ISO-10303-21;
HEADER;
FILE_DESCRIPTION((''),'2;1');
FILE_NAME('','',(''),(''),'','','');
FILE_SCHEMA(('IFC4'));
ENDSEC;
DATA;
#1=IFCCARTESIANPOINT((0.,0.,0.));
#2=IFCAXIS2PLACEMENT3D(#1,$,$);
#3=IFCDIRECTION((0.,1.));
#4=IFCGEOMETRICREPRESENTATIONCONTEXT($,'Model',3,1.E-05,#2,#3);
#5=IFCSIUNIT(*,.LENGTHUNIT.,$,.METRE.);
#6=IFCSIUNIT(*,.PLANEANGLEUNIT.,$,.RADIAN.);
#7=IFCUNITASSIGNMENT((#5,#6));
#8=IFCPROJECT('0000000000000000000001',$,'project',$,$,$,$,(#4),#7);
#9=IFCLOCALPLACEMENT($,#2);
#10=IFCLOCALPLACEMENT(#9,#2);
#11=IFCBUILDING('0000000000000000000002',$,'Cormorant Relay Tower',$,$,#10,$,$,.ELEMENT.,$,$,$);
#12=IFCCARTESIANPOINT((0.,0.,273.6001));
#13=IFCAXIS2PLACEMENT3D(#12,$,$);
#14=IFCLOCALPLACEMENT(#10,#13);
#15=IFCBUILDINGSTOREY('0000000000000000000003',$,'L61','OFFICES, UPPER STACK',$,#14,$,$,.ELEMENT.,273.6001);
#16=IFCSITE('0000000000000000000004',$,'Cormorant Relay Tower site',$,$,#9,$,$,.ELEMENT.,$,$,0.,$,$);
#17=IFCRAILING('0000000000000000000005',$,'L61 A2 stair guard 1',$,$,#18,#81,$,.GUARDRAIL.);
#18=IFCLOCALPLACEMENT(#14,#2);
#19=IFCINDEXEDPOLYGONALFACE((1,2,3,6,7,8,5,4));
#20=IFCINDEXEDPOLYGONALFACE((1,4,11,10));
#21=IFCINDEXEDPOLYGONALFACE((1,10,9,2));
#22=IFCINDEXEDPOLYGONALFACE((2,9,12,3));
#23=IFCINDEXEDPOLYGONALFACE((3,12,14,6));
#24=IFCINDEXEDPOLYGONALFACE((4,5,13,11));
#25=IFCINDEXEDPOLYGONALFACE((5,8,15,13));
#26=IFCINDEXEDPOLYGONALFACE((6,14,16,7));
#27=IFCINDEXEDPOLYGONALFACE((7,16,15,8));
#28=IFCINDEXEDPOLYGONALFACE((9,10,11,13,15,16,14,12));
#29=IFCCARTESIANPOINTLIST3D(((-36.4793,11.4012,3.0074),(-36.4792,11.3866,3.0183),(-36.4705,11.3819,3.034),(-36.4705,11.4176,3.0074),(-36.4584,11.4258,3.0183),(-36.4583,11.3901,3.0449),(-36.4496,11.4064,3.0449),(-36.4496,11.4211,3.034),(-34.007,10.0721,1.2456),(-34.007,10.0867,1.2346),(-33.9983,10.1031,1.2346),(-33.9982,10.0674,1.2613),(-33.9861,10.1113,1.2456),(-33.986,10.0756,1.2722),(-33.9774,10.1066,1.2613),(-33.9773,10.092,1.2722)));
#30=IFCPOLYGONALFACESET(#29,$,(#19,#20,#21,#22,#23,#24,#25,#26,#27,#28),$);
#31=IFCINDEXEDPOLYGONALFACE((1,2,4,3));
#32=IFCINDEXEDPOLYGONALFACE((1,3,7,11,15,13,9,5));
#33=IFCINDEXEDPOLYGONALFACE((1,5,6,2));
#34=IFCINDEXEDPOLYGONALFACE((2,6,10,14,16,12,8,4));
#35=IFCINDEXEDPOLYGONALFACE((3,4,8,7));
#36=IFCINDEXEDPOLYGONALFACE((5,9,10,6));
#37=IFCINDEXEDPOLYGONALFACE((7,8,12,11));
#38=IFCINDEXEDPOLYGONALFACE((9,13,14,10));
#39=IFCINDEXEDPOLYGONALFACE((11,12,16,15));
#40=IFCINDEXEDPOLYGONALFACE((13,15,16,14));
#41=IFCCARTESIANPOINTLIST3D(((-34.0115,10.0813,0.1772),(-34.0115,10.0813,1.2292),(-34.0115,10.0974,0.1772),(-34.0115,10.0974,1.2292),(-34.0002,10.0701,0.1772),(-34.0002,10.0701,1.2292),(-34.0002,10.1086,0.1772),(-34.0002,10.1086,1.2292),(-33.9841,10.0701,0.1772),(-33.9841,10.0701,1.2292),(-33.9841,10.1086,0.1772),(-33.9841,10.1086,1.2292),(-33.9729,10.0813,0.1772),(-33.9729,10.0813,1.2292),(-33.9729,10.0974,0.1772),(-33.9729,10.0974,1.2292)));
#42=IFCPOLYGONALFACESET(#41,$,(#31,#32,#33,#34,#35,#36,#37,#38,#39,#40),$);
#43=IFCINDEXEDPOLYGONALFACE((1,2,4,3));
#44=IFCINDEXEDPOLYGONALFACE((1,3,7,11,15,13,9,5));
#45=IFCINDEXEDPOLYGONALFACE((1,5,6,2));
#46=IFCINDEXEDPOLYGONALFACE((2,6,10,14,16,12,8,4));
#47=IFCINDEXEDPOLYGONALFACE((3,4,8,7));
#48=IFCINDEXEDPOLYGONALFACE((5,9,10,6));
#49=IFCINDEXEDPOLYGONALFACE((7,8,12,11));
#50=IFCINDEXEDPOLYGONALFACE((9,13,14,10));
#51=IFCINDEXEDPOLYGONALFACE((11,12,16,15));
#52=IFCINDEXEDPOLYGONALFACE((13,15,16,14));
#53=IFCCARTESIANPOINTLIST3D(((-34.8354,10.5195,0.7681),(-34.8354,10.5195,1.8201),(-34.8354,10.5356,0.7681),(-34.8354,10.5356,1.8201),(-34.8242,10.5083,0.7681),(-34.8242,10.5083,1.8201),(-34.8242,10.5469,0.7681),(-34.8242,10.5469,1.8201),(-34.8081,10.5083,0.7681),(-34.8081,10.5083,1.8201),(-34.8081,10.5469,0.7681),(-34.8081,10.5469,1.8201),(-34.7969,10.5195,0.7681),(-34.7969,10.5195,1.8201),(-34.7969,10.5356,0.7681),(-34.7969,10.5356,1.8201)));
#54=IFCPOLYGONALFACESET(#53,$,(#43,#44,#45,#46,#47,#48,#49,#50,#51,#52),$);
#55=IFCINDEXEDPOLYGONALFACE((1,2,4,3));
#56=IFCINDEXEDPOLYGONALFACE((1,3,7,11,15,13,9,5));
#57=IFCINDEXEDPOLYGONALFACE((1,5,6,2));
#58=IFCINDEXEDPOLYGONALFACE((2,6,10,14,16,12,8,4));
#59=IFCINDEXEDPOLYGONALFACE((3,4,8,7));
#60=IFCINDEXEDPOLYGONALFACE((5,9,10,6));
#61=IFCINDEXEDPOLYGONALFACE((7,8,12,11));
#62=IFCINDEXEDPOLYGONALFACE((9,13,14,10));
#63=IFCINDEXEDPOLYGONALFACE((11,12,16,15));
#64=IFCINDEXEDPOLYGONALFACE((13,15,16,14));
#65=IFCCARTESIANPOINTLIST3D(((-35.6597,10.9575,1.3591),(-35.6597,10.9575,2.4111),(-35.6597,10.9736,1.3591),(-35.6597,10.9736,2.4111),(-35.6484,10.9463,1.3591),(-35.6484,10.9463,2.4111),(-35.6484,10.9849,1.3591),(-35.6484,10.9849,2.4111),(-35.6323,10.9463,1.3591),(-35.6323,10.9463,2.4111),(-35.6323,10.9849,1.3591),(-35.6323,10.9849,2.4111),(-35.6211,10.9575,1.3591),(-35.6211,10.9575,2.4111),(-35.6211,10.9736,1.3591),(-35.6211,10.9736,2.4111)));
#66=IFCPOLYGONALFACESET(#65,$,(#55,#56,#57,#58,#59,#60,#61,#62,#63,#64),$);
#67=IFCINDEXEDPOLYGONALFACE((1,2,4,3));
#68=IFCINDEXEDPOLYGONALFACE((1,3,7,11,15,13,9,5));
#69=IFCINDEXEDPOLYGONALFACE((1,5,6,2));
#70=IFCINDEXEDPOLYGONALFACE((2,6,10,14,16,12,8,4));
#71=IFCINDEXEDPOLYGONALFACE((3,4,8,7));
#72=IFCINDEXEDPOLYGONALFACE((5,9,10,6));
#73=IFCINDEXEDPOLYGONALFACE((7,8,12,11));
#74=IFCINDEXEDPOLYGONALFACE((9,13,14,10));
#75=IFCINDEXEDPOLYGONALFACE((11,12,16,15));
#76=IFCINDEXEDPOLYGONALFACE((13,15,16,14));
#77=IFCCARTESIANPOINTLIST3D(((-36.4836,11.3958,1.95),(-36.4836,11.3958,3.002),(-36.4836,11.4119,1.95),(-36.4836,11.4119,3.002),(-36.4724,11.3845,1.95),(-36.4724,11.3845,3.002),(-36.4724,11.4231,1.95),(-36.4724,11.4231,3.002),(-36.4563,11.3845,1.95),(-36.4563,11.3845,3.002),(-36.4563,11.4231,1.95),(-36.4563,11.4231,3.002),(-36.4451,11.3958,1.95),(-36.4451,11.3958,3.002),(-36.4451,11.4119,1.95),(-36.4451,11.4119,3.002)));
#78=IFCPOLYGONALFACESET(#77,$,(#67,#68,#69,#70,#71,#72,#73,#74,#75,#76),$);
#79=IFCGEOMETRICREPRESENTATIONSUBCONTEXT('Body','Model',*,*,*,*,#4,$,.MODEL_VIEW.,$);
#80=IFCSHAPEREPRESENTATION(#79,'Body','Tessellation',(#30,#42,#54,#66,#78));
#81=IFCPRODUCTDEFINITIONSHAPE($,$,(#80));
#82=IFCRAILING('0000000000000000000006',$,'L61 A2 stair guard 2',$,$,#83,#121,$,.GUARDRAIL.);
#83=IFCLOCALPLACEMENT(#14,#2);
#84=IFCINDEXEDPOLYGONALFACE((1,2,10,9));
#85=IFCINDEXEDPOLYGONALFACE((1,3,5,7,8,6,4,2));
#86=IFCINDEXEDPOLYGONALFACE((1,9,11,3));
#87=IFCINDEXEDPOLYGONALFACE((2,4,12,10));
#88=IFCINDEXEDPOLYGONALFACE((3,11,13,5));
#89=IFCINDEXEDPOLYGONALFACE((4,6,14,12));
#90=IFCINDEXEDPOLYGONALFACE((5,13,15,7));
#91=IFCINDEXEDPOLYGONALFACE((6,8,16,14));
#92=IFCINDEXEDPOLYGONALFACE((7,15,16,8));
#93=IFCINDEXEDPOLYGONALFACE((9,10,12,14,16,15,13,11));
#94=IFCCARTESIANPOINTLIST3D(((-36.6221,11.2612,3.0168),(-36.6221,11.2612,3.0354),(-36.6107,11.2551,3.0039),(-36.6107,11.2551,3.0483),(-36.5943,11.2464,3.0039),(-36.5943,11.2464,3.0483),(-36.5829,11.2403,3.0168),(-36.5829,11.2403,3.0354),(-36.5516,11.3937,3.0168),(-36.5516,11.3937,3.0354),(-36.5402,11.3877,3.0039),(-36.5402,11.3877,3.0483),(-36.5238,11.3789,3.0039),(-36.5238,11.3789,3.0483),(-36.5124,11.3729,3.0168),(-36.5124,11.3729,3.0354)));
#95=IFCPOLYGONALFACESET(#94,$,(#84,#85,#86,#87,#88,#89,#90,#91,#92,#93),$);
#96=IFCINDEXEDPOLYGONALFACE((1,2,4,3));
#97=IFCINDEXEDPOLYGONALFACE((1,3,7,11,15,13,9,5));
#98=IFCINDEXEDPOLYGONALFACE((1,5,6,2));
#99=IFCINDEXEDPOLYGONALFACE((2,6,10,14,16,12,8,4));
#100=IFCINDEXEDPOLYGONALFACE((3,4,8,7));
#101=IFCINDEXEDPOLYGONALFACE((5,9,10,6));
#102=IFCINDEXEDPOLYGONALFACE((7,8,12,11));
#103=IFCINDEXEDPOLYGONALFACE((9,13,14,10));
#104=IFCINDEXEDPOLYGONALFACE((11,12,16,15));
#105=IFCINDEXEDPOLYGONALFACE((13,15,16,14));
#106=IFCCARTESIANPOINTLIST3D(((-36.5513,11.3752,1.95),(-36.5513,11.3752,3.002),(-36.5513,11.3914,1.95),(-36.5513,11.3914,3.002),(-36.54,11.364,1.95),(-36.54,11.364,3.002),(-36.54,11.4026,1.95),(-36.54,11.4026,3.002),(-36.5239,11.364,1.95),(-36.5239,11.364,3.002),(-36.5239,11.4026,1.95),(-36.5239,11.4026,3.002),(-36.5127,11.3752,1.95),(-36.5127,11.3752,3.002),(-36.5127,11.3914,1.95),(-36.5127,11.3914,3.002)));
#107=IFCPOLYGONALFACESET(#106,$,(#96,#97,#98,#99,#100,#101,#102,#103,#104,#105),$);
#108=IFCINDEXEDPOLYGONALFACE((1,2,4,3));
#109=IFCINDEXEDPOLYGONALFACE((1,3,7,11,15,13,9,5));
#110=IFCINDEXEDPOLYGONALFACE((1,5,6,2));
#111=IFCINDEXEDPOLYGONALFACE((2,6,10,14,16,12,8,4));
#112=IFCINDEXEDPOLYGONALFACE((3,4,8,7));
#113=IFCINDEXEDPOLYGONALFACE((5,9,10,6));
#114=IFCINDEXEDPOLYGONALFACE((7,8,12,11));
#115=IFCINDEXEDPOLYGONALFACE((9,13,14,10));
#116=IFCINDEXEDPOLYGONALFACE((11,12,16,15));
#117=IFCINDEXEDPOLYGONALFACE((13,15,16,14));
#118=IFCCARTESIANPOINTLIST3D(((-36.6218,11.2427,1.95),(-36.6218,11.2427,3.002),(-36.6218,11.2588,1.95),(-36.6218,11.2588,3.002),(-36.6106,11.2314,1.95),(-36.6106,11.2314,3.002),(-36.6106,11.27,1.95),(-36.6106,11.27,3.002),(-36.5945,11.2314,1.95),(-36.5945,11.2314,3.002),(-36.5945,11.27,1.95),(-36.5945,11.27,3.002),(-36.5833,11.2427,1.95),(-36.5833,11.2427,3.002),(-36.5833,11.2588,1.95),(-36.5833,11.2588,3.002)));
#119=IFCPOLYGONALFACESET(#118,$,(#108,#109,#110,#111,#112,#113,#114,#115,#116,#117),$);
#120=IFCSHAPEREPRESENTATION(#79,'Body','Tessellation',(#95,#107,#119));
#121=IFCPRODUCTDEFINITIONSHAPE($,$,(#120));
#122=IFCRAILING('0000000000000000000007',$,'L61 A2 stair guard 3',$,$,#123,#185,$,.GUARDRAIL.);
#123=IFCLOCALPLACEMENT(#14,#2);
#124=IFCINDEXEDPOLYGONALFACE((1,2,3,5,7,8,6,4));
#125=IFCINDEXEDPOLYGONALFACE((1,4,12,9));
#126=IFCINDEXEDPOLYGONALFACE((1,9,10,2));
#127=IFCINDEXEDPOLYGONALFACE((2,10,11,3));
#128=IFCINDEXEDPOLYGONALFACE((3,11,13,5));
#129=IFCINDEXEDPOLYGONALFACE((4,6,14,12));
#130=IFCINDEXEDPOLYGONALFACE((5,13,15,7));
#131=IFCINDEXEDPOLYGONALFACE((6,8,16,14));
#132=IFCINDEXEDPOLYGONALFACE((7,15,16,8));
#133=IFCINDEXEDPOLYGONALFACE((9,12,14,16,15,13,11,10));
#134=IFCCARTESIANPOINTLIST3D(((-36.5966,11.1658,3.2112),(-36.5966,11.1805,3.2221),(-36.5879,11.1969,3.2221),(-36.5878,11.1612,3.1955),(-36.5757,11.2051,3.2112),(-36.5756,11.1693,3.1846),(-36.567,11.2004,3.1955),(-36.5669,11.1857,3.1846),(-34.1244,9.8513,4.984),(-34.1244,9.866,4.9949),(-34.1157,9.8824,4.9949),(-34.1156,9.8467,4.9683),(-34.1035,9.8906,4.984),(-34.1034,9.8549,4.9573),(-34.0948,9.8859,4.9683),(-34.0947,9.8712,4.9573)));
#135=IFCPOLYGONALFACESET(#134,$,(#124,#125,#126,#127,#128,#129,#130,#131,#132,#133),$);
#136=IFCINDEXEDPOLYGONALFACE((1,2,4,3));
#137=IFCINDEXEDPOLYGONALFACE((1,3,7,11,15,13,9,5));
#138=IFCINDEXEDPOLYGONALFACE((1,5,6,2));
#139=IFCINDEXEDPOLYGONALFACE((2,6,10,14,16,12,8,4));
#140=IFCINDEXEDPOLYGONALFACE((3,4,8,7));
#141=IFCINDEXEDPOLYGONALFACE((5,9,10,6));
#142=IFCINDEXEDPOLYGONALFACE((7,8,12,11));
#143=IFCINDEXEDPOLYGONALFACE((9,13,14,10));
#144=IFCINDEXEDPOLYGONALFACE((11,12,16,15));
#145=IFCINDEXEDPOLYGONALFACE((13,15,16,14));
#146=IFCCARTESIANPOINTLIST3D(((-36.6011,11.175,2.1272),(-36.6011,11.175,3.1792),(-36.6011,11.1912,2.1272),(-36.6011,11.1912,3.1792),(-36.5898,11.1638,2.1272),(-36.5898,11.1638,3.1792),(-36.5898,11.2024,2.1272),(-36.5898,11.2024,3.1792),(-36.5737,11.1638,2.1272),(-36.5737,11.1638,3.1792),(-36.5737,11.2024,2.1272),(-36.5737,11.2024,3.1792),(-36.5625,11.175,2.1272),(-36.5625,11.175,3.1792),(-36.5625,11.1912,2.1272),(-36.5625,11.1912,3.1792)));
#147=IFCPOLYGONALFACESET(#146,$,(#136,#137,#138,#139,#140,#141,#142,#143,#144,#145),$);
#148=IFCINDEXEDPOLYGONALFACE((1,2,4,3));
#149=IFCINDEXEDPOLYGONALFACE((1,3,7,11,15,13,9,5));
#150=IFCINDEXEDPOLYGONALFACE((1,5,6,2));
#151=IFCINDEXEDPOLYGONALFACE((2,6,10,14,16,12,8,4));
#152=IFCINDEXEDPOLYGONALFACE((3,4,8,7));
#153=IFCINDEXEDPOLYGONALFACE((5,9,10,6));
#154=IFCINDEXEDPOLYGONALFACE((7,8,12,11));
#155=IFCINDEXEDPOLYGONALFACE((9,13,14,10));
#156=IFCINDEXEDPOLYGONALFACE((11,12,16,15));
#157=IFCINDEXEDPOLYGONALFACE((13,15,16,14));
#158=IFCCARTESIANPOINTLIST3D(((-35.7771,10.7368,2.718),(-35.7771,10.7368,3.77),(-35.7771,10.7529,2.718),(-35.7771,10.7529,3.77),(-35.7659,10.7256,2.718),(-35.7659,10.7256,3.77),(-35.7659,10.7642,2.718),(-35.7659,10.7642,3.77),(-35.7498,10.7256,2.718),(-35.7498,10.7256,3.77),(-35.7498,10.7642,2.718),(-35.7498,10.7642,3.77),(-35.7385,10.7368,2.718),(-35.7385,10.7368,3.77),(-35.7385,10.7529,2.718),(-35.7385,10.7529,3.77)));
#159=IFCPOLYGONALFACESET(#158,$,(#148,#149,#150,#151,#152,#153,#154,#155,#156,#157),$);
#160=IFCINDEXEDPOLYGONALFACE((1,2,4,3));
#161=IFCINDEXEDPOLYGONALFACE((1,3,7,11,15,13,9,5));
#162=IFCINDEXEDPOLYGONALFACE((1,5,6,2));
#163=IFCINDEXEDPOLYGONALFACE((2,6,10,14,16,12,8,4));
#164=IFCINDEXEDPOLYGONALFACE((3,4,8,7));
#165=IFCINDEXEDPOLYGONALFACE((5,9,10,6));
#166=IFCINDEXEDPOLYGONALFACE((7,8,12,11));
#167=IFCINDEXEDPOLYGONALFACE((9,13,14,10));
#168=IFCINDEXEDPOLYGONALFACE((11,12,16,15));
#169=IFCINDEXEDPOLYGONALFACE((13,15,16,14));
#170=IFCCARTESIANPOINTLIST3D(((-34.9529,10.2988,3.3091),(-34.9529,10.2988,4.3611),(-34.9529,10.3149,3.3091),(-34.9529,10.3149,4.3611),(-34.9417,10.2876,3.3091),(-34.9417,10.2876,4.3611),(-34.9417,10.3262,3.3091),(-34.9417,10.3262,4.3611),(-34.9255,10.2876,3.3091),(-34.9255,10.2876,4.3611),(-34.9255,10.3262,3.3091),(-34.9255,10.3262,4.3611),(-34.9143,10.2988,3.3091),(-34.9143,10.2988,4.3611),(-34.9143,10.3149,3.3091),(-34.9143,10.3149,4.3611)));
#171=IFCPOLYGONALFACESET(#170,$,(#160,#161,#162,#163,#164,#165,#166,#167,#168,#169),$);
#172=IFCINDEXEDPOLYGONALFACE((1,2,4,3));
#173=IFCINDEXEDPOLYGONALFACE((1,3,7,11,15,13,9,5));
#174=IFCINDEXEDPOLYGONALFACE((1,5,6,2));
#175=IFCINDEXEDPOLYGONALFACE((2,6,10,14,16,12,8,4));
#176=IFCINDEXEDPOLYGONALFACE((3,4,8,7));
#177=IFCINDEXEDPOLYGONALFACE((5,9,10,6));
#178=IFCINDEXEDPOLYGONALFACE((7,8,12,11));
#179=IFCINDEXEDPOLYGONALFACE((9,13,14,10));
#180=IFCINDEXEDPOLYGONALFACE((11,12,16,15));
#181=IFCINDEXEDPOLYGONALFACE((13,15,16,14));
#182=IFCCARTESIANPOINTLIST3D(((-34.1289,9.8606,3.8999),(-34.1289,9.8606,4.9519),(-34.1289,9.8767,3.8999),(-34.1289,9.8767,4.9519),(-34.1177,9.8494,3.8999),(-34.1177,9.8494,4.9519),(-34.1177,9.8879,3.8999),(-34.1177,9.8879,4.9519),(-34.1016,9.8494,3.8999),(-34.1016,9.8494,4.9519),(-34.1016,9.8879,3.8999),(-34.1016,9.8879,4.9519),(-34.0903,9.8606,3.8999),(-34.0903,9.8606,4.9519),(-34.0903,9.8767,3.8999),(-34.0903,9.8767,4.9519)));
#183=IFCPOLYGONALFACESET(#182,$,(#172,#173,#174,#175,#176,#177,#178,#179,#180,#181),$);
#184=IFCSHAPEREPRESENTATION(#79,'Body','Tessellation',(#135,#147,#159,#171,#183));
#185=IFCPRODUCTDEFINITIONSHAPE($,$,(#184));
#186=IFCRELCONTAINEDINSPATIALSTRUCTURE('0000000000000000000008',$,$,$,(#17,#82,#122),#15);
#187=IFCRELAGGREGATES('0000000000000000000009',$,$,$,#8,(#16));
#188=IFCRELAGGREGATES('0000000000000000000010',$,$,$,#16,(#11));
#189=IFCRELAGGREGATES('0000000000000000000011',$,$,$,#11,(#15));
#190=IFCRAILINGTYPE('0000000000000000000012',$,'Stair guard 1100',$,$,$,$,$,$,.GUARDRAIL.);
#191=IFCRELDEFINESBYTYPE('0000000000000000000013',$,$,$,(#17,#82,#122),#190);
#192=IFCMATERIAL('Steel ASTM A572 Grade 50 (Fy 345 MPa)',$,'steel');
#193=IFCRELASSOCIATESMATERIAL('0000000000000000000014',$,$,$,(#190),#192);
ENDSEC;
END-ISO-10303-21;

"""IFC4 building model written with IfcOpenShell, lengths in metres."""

from ifc_helpers import new_model, si_unit, direction, frame, origin, place, context, subcontext, project, spatial, polyline, outline, extrude, material, type_object, element, save


model = new_model("IFC4")

# Units and contexts
model_context = context("Model", 3, precision=1e-05, world=origin(), true_north=direction((0.0, 1.0)))
body_context = subcontext(model_context, "Body", "Model", "MODEL_VIEW")
ifc_project = project(units=[si_unit("LENGTHUNIT", "METRE"), si_unit("PLANEANGLEUNIT", "RADIAN")], contexts=[model_context])

# Site, building, storey
site_placement = place(None, origin())
site = spatial("IfcSite", under=ifc_project, at=site_placement, Name="Cormorant Relay Tower site", CompositionType="ELEMENT", RefElevation=0.0)
building_placement = place(site_placement, origin())
building = spatial("IfcBuilding", under=site, at=building_placement, Name="Cormorant Relay Tower", CompositionType="ELEMENT")
storey_placement = place(building_placement, frame((0.0, 0.0, 273.6001)))
storey = spatial("IfcBuildingStorey", under=building, at=storey_placement, Name="L61", Description="OFFICES, UPPER STACK", CompositionType="ELEMENT", Elevation=273.6001)

# Railings
ifc_material_1 = material(Name="Steel ASTM A572 Grade 50 (Fy 345 MPa)", Category="steel")
railing_type_1 = type_object("IfcRailingType", Name="Stair guard 1100", PredefinedType="GUARDRAIL", material=ifc_material_1)
railing_1_placement = place(storey_placement, frame((-33.9922, 10.0894, 0.1772)))
element("IfcRailing", 1, at=railing_1_placement, inside=storey, type_object=railing_type_1, Name="L61 A2 stair guard 1", PredefinedType="GUARDRAIL", context=body_context, shape_type="SweptSolid", body=[
    extrude(outline(polyline([(0.0222, 0.0093), (0.0093, 0.0222), (-0.0093, 0.0222), (-0.0222, 0.0093), (-0.0222, -0.0093), (-0.0093, -0.0222), (0.0093, -0.0222), (0.0222, -0.0093), (0.0222, 0.0093)])), frame((0.0, 0.0, 1.0762), z_axis=(-0.746001, 0.396649, 0.534931), x_axis=(-0.469465, -0.882951, 0.0)), (0.0, 0.0, 1.0), 3.314),
    extrude(outline(polyline([(0.0193, 0.0081), (0.0081, 0.0193), (-0.0081, 0.0193), (-0.0193, 0.0081), (-0.0193, -0.0081), (-0.0081, -0.0193), (0.0081, -0.0193), (0.0193, -0.0081), (0.0193, 0.0081)])), origin(), (0.0, 0.0, 1.0), 1.052),
    extrude(outline(polyline([(0.0193, 0.0081), (0.0081, 0.0193), (-0.0081, 0.0193), (-0.0193, 0.0081), (-0.0193, -0.0081), (-0.0081, -0.0193), (0.0081, -0.0193), (0.0193, -0.0081), (0.0193, 0.0081)])), frame((-0.824, 0.4382, 0.5908)), (0.0, 0.0, 1.0), 1.052),
    extrude(outline(polyline([(0.0193, 0.0081), (0.0081, 0.0193), (-0.0081, 0.0193), (-0.0193, 0.0081), (-0.0193, -0.0081), (-0.0081, -0.0193), (0.0081, -0.0193), (0.0193, -0.0081), (0.0193, 0.0081)])), frame((-1.6482, 0.8762, 1.1819)), (0.0, 0.0, 1.0), 1.052),
    extrude(outline(polyline([(0.0193, 0.0081), (0.0081, 0.0193), (-0.0081, 0.0193), (-0.0193, 0.0081), (-0.0193, -0.0081), (-0.0081, -0.0193), (0.0081, -0.0193), (0.0193, -0.0081), (0.0193, 0.0081)])), frame((-2.4722, 1.3145, 1.7727)), (0.0, 0.0, 1.0), 1.052),
])
railing_2_placement = place(storey_placement, frame((-36.532, 11.3833, 1.95)))
element("IfcRailing", 2, at=railing_2_placement, inside=storey, type_object=railing_type_1, Name="L61 A2 stair guard 2", PredefinedType="GUARDRAIL", context=body_context, shape_type="SweptSolid", body=[
    extrude(outline(polyline([(0.0222, 0.0093), (0.0093, 0.0222), (-0.0093, 0.0222), (-0.0222, 0.0093), (-0.0222, -0.0093), (-0.0093, -0.0222), (0.0093, -0.0222), (0.0222, -0.0093), (0.0222, 0.0093)])), frame((0.0, 0.0, 1.0762), z_axis=(-0.469829, -0.882758, 0.0), x_axis=(0.882758, -0.469829, 0.0)), (0.0, 0.0, 1.0), 0.1501),
    extrude(outline(polyline([(0.0193, 0.0081), (0.0081, 0.0193), (-0.0081, 0.0193), (-0.0193, 0.0081), (-0.0193, -0.0081), (-0.0081, -0.0193), (0.0081, -0.0193), (0.0193, -0.0081), (0.0193, 0.0081)])), origin(), (0.0, 0.0, 1.0), 1.052),
    extrude(outline(polyline([(0.0193, 0.0081), (0.0081, 0.0193), (-0.0081, 0.0193), (-0.0193, 0.0081), (-0.0193, -0.0081), (-0.0081, -0.0193), (0.0081, -0.0193), (0.0193, -0.0081), (0.0193, 0.0081)])), frame((-0.0706, -0.1326, 0.0)), (0.0, 0.0, 1.0), 1.052),
])
railing_3_placement = place(storey_placement, frame((-36.5818, 11.1831, 2.1272)))
element("IfcRailing", 3, at=railing_3_placement, inside=storey, type_object=railing_type_1, Name="L61 A2 stair guard 3", PredefinedType="GUARDRAIL", context=body_context, shape_type="SweptSolid", body=[
    extrude(outline(polyline([(0.0222, 0.0093), (0.0093, 0.0222), (-0.0093, 0.0222), (-0.0222, 0.0093), (-0.0222, -0.0093), (-0.0093, -0.0222), (0.0093, -0.0222), (0.0222, -0.0093), (0.0222, 0.0093)])), frame((0.0, 0.0, 1.0762), z_axis=(0.746001, -0.396649, 0.534931), x_axis=(0.469465, 0.882951, 0.0)), (0.0, 0.0, 1.0), 3.314),
    extrude(outline(polyline([(0.0193, 0.0081), (0.0081, 0.0193), (-0.0081, 0.0193), (-0.0193, 0.0081), (-0.0193, -0.0081), (-0.0081, -0.0193), (0.0081, -0.0193), (0.0193, -0.0081), (0.0193, 0.0081)])), origin(), (0.0, 0.0, 1.0), 1.052),
    extrude(outline(polyline([(0.0193, 0.0081), (0.0081, 0.0193), (-0.0081, 0.0193), (-0.0193, 0.0081), (-0.0193, -0.0081), (-0.0081, -0.0193), (0.0081, -0.0193), (0.0193, -0.0081), (0.0193, 0.0081)])), frame((0.824, -0.4382, 0.5908)), (0.0, 0.0, 1.0), 1.052),
    extrude(outline(polyline([(0.0193, 0.0081), (0.0081, 0.0193), (-0.0081, 0.0193), (-0.0193, 0.0081), (-0.0193, -0.0081), (-0.0081, -0.0193), (0.0081, -0.0193), (0.0193, -0.0081), (0.0193, 0.0081)])), frame((1.6482, -0.8762, 1.1819)), (0.0, 0.0, 1.0), 1.052),
    extrude(outline(polyline([(0.0193, 0.0081), (0.0081, 0.0193), (-0.0081, 0.0193), (-0.0193, 0.0081), (-0.0193, -0.0081), (-0.0081, -0.0193), (0.0081, -0.0193), (0.0193, -0.0081), (0.0193, 0.0081)])), frame((2.4722, -1.3145, 1.7727)), (0.0, 0.0, 1.0), 1.052),
])

save(model, "model.ifc")
